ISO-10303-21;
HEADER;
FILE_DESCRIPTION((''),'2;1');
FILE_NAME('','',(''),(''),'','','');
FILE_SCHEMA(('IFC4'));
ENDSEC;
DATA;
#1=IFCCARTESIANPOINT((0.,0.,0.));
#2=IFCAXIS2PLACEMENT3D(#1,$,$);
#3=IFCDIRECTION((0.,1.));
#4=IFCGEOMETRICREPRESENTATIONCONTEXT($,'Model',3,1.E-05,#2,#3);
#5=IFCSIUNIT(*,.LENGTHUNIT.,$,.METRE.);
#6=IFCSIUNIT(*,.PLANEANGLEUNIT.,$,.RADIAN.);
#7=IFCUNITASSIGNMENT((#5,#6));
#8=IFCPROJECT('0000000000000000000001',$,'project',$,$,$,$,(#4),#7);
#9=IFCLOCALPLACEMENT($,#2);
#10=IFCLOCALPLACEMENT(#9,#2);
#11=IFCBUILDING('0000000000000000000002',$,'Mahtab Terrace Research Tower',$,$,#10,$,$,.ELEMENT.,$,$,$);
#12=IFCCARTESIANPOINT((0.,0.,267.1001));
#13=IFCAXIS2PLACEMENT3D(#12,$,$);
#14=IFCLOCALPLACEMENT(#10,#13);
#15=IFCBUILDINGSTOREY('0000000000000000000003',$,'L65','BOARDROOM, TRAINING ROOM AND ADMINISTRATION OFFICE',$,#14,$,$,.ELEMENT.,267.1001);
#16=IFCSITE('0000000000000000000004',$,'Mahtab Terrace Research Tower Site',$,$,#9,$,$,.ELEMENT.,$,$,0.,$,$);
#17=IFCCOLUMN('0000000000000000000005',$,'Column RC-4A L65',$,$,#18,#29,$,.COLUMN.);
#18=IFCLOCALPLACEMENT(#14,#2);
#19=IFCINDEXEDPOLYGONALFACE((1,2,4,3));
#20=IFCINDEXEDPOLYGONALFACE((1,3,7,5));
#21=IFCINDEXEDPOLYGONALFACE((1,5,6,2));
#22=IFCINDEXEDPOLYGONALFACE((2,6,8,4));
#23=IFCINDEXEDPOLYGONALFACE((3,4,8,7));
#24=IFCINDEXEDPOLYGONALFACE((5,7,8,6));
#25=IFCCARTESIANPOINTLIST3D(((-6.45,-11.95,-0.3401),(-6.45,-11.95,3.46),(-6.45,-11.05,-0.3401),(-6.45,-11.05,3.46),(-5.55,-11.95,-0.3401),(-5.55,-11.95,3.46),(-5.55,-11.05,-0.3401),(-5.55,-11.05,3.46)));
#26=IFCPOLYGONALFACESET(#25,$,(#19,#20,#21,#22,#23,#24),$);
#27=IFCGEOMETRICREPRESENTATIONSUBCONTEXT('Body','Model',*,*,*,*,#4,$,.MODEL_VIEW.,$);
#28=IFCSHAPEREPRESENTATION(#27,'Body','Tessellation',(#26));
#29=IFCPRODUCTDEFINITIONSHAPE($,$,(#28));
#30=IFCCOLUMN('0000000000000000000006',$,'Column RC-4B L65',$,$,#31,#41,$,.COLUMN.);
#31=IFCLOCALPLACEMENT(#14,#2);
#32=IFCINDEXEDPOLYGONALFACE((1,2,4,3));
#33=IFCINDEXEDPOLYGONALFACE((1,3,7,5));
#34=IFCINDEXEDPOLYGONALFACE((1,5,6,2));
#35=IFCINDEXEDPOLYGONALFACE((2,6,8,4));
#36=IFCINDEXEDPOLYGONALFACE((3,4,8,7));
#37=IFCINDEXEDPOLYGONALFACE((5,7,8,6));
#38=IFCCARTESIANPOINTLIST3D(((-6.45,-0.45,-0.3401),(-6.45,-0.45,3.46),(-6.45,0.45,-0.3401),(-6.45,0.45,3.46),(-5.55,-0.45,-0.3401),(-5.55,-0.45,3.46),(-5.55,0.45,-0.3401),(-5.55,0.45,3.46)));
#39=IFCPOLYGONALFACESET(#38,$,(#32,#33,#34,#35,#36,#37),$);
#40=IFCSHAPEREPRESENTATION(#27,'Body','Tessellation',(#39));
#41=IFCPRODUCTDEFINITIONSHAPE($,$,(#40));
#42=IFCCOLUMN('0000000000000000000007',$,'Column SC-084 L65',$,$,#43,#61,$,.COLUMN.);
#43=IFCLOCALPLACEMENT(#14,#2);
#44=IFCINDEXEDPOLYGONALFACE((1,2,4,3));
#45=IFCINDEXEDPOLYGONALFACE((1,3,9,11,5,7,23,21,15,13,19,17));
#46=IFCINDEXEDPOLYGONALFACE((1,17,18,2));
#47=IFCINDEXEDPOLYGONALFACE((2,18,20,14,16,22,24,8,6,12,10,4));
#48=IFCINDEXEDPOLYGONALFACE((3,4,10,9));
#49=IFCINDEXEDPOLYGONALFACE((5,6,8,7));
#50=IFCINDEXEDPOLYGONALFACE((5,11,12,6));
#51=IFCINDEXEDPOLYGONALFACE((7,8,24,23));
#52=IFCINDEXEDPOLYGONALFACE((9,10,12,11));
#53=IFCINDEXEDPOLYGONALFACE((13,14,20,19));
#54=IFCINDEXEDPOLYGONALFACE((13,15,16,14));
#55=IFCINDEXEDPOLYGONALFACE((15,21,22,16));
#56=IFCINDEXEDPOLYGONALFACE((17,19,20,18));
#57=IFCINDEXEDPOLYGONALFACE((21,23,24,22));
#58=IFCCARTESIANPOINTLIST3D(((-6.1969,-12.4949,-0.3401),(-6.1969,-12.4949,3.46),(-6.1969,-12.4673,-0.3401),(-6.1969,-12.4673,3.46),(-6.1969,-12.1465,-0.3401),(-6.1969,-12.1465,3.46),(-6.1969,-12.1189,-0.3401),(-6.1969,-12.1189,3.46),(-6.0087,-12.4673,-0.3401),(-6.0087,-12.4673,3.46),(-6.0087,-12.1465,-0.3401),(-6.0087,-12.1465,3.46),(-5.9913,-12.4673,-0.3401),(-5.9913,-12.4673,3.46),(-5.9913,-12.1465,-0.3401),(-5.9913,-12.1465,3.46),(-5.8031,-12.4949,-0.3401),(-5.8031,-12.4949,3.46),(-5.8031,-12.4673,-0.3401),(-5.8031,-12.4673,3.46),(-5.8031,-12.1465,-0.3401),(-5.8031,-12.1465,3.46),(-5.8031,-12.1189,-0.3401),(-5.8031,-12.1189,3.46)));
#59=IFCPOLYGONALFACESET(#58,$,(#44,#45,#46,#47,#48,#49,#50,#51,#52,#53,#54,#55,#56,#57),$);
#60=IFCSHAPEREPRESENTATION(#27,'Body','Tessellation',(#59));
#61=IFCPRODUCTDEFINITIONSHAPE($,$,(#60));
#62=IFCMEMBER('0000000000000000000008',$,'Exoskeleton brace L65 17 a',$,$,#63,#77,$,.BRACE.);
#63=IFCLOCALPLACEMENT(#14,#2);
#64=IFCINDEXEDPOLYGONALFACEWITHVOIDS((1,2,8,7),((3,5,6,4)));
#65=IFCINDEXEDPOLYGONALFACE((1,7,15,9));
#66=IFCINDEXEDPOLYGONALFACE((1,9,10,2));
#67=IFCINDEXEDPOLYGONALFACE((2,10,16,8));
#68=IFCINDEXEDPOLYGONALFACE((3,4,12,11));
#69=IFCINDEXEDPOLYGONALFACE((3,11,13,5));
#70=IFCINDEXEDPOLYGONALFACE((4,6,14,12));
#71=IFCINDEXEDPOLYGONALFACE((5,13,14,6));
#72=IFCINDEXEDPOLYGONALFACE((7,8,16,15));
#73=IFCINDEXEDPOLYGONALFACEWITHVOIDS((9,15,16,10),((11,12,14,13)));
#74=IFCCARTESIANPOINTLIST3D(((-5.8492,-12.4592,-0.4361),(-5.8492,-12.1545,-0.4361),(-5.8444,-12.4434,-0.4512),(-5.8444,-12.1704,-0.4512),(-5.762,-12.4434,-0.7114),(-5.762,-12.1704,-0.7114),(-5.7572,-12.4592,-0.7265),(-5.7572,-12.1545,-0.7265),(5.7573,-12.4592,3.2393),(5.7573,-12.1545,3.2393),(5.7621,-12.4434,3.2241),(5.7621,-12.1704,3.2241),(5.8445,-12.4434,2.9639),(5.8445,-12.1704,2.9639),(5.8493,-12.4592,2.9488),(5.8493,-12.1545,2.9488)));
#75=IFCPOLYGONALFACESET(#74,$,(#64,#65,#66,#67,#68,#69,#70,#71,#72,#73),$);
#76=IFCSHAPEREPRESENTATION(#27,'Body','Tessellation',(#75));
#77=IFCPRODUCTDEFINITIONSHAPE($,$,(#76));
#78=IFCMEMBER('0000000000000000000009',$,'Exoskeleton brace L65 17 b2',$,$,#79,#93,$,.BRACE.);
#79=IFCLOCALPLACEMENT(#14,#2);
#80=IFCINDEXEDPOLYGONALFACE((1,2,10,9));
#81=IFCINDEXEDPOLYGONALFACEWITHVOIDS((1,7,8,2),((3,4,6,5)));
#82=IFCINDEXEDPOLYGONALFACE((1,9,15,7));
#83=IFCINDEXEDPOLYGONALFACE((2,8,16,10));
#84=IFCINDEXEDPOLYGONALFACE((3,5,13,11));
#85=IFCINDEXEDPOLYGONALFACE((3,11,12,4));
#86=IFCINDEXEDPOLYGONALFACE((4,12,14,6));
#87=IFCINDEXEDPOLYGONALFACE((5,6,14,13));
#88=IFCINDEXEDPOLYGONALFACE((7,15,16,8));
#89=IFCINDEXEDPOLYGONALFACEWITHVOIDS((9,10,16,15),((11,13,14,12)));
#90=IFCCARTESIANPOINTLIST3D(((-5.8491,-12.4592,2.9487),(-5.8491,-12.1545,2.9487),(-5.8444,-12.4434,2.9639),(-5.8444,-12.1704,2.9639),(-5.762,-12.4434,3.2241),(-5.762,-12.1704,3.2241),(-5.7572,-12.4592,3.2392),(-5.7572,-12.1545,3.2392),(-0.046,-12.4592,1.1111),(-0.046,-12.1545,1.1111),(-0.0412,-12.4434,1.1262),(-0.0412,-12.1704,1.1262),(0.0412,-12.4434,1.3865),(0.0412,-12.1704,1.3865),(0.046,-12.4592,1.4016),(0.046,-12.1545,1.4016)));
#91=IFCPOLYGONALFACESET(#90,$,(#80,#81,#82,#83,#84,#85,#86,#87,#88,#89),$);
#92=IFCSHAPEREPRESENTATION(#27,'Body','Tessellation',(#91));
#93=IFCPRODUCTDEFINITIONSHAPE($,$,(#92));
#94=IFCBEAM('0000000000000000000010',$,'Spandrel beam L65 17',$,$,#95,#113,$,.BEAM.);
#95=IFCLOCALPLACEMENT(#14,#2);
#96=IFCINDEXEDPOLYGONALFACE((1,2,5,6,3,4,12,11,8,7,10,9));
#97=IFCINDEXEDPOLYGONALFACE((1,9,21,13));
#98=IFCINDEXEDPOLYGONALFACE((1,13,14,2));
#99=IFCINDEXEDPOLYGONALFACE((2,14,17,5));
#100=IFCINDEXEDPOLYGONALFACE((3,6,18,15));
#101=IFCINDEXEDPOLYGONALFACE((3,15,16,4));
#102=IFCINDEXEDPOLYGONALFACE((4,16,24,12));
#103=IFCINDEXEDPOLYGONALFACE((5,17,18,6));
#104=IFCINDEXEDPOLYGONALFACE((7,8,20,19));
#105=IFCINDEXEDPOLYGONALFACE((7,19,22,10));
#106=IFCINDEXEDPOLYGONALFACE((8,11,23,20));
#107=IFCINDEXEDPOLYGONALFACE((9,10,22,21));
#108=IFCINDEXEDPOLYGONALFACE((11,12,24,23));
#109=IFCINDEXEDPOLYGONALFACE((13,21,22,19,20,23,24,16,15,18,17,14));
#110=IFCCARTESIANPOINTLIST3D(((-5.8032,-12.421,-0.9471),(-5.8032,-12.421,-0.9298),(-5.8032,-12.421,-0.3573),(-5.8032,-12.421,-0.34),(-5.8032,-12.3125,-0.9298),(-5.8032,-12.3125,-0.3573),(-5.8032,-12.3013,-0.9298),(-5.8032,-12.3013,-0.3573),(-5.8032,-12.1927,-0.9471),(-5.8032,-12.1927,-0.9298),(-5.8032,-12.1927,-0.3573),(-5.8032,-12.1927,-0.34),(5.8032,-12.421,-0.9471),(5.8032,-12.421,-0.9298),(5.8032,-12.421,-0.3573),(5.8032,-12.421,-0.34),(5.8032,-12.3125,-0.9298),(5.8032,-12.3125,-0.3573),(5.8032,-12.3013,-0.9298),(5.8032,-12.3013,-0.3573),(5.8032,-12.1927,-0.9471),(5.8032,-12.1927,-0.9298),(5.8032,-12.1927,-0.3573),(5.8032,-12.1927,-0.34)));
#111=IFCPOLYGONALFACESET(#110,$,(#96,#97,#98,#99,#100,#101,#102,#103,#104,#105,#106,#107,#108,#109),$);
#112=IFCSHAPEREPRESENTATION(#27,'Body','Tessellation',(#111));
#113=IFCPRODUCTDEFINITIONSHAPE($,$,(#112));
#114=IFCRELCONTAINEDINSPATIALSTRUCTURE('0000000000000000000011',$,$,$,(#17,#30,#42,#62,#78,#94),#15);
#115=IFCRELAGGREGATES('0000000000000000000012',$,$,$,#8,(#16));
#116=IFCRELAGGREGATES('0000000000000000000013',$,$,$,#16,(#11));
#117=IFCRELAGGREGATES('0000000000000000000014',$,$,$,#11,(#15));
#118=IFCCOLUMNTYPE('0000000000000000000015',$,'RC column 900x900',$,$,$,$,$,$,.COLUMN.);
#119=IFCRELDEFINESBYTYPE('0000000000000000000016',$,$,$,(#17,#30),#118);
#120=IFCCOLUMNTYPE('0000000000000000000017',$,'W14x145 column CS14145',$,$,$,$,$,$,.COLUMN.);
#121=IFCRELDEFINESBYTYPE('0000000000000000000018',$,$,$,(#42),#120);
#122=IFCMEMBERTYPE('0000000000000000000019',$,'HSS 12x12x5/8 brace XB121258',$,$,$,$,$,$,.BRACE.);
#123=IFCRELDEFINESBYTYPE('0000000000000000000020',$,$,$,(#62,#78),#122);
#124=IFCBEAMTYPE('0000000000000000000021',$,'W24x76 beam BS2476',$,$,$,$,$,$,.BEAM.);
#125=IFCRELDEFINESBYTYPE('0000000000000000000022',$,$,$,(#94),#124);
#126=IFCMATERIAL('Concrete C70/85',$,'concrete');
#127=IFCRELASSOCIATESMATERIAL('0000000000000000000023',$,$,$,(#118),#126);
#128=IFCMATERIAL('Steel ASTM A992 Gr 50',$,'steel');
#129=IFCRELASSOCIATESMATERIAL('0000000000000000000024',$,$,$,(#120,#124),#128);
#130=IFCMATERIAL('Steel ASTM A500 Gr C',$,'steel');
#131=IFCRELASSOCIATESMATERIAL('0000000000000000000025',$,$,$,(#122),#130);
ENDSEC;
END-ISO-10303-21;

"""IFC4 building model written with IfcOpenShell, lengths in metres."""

from ifc_helpers import new_model, si_unit, direction, frame, origin, origin_2d, place, context, subcontext, project, spatial, rectangle, hollow_rectangle, i_section, extrude, material, material_profile, profile_set, type_object, element, save


model = new_model("IFC4")

# Units and contexts
model_context = context("Model", 3, precision=1e-05, world=origin(), true_north=direction((0.0, 1.0)))
body_context = subcontext(model_context, "Body", "Model", "MODEL_VIEW")
ifc_project = project(units=[si_unit("LENGTHUNIT", "METRE"), si_unit("PLANEANGLEUNIT", "RADIAN")], contexts=[model_context])

# Site, building, storey
site_placement = place(None, origin())
site = spatial("IfcSite", under=ifc_project, at=site_placement, Name="Mahtab Terrace Research Tower Site", CompositionType="ELEMENT", RefElevation=0.0)
building_placement = place(site_placement, origin())
building = spatial("IfcBuilding", under=site, at=building_placement, Name="Mahtab Terrace Research Tower", CompositionType="ELEMENT")
storey_placement = place(building_placement, frame((0.0, 0.0, 267.1001)))
storey = spatial("IfcBuildingStorey", under=building, at=storey_placement, Name="L65", Description="BOARDROOM, TRAINING ROOM AND ADMINISTRATION OFFICE", CompositionType="ELEMENT", Elevation=267.1001)

# Columns
ifc_material_1 = material(Name="Concrete C70/85", Category="concrete")
ifc_material_profile_1 = material_profile(ifc_material_1, rectangle(XDim=0.8999, YDim=0.8999, at=origin_2d()), Name="RC column 900x900")
ifc_profile_set_1 = profile_set([ifc_material_profile_1], Name="Concrete C70/85")
column_type_1 = type_object("IfcColumnType", Name="RC column 900x900", PredefinedType="COLUMN", material=ifc_profile_set_1)
for number, where, z_axis, x_axis, name in (
    (1, (-6.0, -11.5, -0.3401), (0.0, 0.0, 1.0), (1.0, 0.0, 0.0), "Column RC-4A L65"),
    (2, (-6.0, 0.0, -0.3401), (0.0, 0.0, 1.0), (1.0, 0.0, 0.0), "Column RC-4B L65"),
):
    element("IfcColumn", number, at=place(storey_placement, frame(where, z_axis=z_axis, x_axis=x_axis)), inside=storey, type_object=column_type_1, Name=name, PredefinedType="COLUMN", context=body_context, shape_type="SweptSolid", body=[
        extrude(rectangle(XDim=0.8999, YDim=0.8999, at=origin_2d()), origin(), (0.0, 0.0, 1.0), 3.8),
    ])
ifc_material_2 = material(Name="Steel ASTM A992 Gr 50", Category="steel")
ifc_material_profile_2 = material_profile(ifc_material_2, i_section(OverallWidth=0.3938, OverallDepth=0.376, WebThickness=0.0173, FlangeThickness=0.0276, at=origin_2d()), Name="W14X145")
ifc_profile_set_2 = profile_set([ifc_material_profile_2], Name="Steel ASTM A992 Gr 50")
column_type_2 = type_object("IfcColumnType", Name="W14x145 column CS14145", PredefinedType="COLUMN", material=ifc_profile_set_2)
column_placement = place(storey_placement, frame((-6.0, -12.3069, -0.3401), z_axis=(0.0, 0.0, 1.0), x_axis=(1.0, 0.0, 0.0)))
element("IfcColumn", 3, at=column_placement, inside=storey, type_object=column_type_2, Name="Column SC-084 L65", PredefinedType="COLUMN", context=body_context, shape_type="SweptSolid", body=[
    extrude(i_section(OverallWidth=0.3938, OverallDepth=0.376, WebThickness=0.0173, FlangeThickness=0.0276, at=origin_2d()), origin(), (0.0, 0.0, 1.0), 3.8),
])

# Members
ifc_material_3 = material(Name="Steel ASTM A500 Gr C", Category="steel")
ifc_material_profile_3 = material_profile(ifc_material_3, hollow_rectangle(XDim=0.3047, YDim=0.3047, WallThickness=0.0159, at=origin_2d()), Name="HSS12X12X5/8")
ifc_profile_set_3 = profile_set([ifc_material_profile_3], Name="Steel ASTM A500 Gr C")
member_type = type_object("IfcMemberType", Name="HSS 12x12x5/8 brace XB121258", PredefinedType="BRACE", material=ifc_profile_set_3)
member_1_placement = place(storey_placement, frame((-5.8032, -12.3069, -0.5813), z_axis=(0.953344, 0.0, 0.301886), x_axis=(0.0, 1.0, 0.0)))
element("IfcMember", 4, at=member_1_placement, inside=storey, type_object=member_type, Name="Exoskeleton brace L65 17 a", PredefinedType="BRACE", context=body_context, shape_type="SweptSolid", body=[
    extrude(hollow_rectangle(XDim=0.3047, YDim=0.3047, WallThickness=0.0159, at=origin_2d()), origin(), (0.0, 0.0, 1.0), 12.1746),
])
member_2_placement = place(storey_placement, frame((0.0, -12.3069, 1.2563), z_axis=(-0.953344, 0.0, 0.301886), x_axis=(0.0, -1.0, 0.0)))
element("IfcMember", 5, at=member_2_placement, inside=storey, type_object=member_type, Name="Exoskeleton brace L65 17 b2", PredefinedType="BRACE", context=body_context, shape_type="SweptSolid", body=[
    extrude(hollow_rectangle(XDim=0.3047, YDim=0.3047, WallThickness=0.0159, at=origin_2d()), origin(), (0.0, 0.0, 1.0), 6.0872),
])

# Beam
ifc_material_profile_4 = material_profile(ifc_material_2, i_section(OverallWidth=0.2283, OverallDepth=0.6072, WebThickness=0.0112, FlangeThickness=0.0173, at=origin_2d()), Name="W24X76")
ifc_profile_set_4 = profile_set([ifc_material_profile_4], Name="Steel ASTM A992 Gr 50")
beam_type = type_object("IfcBeamType", Name="W24x76 beam BS2476", PredefinedType="BEAM", material=ifc_profile_set_4)
beam_placement = place(storey_placement, frame((-5.8032, -12.3069, -0.6436), z_axis=(1.0, 0.0, 0.0), x_axis=(0.0, 1.0, 0.0)))
element("IfcBeam", 6, at=beam_placement, inside=storey, type_object=beam_type, Name="Spandrel beam L65 17", PredefinedType="BEAM", context=body_context, shape_type="SweptSolid", body=[
    extrude(i_section(OverallWidth=0.2283, OverallDepth=0.6072, WebThickness=0.0112, FlangeThickness=0.0173, at=origin_2d()), origin(), (0.0, 0.0, 1.0), 11.6064),
])

save(model, "model.ifc")
